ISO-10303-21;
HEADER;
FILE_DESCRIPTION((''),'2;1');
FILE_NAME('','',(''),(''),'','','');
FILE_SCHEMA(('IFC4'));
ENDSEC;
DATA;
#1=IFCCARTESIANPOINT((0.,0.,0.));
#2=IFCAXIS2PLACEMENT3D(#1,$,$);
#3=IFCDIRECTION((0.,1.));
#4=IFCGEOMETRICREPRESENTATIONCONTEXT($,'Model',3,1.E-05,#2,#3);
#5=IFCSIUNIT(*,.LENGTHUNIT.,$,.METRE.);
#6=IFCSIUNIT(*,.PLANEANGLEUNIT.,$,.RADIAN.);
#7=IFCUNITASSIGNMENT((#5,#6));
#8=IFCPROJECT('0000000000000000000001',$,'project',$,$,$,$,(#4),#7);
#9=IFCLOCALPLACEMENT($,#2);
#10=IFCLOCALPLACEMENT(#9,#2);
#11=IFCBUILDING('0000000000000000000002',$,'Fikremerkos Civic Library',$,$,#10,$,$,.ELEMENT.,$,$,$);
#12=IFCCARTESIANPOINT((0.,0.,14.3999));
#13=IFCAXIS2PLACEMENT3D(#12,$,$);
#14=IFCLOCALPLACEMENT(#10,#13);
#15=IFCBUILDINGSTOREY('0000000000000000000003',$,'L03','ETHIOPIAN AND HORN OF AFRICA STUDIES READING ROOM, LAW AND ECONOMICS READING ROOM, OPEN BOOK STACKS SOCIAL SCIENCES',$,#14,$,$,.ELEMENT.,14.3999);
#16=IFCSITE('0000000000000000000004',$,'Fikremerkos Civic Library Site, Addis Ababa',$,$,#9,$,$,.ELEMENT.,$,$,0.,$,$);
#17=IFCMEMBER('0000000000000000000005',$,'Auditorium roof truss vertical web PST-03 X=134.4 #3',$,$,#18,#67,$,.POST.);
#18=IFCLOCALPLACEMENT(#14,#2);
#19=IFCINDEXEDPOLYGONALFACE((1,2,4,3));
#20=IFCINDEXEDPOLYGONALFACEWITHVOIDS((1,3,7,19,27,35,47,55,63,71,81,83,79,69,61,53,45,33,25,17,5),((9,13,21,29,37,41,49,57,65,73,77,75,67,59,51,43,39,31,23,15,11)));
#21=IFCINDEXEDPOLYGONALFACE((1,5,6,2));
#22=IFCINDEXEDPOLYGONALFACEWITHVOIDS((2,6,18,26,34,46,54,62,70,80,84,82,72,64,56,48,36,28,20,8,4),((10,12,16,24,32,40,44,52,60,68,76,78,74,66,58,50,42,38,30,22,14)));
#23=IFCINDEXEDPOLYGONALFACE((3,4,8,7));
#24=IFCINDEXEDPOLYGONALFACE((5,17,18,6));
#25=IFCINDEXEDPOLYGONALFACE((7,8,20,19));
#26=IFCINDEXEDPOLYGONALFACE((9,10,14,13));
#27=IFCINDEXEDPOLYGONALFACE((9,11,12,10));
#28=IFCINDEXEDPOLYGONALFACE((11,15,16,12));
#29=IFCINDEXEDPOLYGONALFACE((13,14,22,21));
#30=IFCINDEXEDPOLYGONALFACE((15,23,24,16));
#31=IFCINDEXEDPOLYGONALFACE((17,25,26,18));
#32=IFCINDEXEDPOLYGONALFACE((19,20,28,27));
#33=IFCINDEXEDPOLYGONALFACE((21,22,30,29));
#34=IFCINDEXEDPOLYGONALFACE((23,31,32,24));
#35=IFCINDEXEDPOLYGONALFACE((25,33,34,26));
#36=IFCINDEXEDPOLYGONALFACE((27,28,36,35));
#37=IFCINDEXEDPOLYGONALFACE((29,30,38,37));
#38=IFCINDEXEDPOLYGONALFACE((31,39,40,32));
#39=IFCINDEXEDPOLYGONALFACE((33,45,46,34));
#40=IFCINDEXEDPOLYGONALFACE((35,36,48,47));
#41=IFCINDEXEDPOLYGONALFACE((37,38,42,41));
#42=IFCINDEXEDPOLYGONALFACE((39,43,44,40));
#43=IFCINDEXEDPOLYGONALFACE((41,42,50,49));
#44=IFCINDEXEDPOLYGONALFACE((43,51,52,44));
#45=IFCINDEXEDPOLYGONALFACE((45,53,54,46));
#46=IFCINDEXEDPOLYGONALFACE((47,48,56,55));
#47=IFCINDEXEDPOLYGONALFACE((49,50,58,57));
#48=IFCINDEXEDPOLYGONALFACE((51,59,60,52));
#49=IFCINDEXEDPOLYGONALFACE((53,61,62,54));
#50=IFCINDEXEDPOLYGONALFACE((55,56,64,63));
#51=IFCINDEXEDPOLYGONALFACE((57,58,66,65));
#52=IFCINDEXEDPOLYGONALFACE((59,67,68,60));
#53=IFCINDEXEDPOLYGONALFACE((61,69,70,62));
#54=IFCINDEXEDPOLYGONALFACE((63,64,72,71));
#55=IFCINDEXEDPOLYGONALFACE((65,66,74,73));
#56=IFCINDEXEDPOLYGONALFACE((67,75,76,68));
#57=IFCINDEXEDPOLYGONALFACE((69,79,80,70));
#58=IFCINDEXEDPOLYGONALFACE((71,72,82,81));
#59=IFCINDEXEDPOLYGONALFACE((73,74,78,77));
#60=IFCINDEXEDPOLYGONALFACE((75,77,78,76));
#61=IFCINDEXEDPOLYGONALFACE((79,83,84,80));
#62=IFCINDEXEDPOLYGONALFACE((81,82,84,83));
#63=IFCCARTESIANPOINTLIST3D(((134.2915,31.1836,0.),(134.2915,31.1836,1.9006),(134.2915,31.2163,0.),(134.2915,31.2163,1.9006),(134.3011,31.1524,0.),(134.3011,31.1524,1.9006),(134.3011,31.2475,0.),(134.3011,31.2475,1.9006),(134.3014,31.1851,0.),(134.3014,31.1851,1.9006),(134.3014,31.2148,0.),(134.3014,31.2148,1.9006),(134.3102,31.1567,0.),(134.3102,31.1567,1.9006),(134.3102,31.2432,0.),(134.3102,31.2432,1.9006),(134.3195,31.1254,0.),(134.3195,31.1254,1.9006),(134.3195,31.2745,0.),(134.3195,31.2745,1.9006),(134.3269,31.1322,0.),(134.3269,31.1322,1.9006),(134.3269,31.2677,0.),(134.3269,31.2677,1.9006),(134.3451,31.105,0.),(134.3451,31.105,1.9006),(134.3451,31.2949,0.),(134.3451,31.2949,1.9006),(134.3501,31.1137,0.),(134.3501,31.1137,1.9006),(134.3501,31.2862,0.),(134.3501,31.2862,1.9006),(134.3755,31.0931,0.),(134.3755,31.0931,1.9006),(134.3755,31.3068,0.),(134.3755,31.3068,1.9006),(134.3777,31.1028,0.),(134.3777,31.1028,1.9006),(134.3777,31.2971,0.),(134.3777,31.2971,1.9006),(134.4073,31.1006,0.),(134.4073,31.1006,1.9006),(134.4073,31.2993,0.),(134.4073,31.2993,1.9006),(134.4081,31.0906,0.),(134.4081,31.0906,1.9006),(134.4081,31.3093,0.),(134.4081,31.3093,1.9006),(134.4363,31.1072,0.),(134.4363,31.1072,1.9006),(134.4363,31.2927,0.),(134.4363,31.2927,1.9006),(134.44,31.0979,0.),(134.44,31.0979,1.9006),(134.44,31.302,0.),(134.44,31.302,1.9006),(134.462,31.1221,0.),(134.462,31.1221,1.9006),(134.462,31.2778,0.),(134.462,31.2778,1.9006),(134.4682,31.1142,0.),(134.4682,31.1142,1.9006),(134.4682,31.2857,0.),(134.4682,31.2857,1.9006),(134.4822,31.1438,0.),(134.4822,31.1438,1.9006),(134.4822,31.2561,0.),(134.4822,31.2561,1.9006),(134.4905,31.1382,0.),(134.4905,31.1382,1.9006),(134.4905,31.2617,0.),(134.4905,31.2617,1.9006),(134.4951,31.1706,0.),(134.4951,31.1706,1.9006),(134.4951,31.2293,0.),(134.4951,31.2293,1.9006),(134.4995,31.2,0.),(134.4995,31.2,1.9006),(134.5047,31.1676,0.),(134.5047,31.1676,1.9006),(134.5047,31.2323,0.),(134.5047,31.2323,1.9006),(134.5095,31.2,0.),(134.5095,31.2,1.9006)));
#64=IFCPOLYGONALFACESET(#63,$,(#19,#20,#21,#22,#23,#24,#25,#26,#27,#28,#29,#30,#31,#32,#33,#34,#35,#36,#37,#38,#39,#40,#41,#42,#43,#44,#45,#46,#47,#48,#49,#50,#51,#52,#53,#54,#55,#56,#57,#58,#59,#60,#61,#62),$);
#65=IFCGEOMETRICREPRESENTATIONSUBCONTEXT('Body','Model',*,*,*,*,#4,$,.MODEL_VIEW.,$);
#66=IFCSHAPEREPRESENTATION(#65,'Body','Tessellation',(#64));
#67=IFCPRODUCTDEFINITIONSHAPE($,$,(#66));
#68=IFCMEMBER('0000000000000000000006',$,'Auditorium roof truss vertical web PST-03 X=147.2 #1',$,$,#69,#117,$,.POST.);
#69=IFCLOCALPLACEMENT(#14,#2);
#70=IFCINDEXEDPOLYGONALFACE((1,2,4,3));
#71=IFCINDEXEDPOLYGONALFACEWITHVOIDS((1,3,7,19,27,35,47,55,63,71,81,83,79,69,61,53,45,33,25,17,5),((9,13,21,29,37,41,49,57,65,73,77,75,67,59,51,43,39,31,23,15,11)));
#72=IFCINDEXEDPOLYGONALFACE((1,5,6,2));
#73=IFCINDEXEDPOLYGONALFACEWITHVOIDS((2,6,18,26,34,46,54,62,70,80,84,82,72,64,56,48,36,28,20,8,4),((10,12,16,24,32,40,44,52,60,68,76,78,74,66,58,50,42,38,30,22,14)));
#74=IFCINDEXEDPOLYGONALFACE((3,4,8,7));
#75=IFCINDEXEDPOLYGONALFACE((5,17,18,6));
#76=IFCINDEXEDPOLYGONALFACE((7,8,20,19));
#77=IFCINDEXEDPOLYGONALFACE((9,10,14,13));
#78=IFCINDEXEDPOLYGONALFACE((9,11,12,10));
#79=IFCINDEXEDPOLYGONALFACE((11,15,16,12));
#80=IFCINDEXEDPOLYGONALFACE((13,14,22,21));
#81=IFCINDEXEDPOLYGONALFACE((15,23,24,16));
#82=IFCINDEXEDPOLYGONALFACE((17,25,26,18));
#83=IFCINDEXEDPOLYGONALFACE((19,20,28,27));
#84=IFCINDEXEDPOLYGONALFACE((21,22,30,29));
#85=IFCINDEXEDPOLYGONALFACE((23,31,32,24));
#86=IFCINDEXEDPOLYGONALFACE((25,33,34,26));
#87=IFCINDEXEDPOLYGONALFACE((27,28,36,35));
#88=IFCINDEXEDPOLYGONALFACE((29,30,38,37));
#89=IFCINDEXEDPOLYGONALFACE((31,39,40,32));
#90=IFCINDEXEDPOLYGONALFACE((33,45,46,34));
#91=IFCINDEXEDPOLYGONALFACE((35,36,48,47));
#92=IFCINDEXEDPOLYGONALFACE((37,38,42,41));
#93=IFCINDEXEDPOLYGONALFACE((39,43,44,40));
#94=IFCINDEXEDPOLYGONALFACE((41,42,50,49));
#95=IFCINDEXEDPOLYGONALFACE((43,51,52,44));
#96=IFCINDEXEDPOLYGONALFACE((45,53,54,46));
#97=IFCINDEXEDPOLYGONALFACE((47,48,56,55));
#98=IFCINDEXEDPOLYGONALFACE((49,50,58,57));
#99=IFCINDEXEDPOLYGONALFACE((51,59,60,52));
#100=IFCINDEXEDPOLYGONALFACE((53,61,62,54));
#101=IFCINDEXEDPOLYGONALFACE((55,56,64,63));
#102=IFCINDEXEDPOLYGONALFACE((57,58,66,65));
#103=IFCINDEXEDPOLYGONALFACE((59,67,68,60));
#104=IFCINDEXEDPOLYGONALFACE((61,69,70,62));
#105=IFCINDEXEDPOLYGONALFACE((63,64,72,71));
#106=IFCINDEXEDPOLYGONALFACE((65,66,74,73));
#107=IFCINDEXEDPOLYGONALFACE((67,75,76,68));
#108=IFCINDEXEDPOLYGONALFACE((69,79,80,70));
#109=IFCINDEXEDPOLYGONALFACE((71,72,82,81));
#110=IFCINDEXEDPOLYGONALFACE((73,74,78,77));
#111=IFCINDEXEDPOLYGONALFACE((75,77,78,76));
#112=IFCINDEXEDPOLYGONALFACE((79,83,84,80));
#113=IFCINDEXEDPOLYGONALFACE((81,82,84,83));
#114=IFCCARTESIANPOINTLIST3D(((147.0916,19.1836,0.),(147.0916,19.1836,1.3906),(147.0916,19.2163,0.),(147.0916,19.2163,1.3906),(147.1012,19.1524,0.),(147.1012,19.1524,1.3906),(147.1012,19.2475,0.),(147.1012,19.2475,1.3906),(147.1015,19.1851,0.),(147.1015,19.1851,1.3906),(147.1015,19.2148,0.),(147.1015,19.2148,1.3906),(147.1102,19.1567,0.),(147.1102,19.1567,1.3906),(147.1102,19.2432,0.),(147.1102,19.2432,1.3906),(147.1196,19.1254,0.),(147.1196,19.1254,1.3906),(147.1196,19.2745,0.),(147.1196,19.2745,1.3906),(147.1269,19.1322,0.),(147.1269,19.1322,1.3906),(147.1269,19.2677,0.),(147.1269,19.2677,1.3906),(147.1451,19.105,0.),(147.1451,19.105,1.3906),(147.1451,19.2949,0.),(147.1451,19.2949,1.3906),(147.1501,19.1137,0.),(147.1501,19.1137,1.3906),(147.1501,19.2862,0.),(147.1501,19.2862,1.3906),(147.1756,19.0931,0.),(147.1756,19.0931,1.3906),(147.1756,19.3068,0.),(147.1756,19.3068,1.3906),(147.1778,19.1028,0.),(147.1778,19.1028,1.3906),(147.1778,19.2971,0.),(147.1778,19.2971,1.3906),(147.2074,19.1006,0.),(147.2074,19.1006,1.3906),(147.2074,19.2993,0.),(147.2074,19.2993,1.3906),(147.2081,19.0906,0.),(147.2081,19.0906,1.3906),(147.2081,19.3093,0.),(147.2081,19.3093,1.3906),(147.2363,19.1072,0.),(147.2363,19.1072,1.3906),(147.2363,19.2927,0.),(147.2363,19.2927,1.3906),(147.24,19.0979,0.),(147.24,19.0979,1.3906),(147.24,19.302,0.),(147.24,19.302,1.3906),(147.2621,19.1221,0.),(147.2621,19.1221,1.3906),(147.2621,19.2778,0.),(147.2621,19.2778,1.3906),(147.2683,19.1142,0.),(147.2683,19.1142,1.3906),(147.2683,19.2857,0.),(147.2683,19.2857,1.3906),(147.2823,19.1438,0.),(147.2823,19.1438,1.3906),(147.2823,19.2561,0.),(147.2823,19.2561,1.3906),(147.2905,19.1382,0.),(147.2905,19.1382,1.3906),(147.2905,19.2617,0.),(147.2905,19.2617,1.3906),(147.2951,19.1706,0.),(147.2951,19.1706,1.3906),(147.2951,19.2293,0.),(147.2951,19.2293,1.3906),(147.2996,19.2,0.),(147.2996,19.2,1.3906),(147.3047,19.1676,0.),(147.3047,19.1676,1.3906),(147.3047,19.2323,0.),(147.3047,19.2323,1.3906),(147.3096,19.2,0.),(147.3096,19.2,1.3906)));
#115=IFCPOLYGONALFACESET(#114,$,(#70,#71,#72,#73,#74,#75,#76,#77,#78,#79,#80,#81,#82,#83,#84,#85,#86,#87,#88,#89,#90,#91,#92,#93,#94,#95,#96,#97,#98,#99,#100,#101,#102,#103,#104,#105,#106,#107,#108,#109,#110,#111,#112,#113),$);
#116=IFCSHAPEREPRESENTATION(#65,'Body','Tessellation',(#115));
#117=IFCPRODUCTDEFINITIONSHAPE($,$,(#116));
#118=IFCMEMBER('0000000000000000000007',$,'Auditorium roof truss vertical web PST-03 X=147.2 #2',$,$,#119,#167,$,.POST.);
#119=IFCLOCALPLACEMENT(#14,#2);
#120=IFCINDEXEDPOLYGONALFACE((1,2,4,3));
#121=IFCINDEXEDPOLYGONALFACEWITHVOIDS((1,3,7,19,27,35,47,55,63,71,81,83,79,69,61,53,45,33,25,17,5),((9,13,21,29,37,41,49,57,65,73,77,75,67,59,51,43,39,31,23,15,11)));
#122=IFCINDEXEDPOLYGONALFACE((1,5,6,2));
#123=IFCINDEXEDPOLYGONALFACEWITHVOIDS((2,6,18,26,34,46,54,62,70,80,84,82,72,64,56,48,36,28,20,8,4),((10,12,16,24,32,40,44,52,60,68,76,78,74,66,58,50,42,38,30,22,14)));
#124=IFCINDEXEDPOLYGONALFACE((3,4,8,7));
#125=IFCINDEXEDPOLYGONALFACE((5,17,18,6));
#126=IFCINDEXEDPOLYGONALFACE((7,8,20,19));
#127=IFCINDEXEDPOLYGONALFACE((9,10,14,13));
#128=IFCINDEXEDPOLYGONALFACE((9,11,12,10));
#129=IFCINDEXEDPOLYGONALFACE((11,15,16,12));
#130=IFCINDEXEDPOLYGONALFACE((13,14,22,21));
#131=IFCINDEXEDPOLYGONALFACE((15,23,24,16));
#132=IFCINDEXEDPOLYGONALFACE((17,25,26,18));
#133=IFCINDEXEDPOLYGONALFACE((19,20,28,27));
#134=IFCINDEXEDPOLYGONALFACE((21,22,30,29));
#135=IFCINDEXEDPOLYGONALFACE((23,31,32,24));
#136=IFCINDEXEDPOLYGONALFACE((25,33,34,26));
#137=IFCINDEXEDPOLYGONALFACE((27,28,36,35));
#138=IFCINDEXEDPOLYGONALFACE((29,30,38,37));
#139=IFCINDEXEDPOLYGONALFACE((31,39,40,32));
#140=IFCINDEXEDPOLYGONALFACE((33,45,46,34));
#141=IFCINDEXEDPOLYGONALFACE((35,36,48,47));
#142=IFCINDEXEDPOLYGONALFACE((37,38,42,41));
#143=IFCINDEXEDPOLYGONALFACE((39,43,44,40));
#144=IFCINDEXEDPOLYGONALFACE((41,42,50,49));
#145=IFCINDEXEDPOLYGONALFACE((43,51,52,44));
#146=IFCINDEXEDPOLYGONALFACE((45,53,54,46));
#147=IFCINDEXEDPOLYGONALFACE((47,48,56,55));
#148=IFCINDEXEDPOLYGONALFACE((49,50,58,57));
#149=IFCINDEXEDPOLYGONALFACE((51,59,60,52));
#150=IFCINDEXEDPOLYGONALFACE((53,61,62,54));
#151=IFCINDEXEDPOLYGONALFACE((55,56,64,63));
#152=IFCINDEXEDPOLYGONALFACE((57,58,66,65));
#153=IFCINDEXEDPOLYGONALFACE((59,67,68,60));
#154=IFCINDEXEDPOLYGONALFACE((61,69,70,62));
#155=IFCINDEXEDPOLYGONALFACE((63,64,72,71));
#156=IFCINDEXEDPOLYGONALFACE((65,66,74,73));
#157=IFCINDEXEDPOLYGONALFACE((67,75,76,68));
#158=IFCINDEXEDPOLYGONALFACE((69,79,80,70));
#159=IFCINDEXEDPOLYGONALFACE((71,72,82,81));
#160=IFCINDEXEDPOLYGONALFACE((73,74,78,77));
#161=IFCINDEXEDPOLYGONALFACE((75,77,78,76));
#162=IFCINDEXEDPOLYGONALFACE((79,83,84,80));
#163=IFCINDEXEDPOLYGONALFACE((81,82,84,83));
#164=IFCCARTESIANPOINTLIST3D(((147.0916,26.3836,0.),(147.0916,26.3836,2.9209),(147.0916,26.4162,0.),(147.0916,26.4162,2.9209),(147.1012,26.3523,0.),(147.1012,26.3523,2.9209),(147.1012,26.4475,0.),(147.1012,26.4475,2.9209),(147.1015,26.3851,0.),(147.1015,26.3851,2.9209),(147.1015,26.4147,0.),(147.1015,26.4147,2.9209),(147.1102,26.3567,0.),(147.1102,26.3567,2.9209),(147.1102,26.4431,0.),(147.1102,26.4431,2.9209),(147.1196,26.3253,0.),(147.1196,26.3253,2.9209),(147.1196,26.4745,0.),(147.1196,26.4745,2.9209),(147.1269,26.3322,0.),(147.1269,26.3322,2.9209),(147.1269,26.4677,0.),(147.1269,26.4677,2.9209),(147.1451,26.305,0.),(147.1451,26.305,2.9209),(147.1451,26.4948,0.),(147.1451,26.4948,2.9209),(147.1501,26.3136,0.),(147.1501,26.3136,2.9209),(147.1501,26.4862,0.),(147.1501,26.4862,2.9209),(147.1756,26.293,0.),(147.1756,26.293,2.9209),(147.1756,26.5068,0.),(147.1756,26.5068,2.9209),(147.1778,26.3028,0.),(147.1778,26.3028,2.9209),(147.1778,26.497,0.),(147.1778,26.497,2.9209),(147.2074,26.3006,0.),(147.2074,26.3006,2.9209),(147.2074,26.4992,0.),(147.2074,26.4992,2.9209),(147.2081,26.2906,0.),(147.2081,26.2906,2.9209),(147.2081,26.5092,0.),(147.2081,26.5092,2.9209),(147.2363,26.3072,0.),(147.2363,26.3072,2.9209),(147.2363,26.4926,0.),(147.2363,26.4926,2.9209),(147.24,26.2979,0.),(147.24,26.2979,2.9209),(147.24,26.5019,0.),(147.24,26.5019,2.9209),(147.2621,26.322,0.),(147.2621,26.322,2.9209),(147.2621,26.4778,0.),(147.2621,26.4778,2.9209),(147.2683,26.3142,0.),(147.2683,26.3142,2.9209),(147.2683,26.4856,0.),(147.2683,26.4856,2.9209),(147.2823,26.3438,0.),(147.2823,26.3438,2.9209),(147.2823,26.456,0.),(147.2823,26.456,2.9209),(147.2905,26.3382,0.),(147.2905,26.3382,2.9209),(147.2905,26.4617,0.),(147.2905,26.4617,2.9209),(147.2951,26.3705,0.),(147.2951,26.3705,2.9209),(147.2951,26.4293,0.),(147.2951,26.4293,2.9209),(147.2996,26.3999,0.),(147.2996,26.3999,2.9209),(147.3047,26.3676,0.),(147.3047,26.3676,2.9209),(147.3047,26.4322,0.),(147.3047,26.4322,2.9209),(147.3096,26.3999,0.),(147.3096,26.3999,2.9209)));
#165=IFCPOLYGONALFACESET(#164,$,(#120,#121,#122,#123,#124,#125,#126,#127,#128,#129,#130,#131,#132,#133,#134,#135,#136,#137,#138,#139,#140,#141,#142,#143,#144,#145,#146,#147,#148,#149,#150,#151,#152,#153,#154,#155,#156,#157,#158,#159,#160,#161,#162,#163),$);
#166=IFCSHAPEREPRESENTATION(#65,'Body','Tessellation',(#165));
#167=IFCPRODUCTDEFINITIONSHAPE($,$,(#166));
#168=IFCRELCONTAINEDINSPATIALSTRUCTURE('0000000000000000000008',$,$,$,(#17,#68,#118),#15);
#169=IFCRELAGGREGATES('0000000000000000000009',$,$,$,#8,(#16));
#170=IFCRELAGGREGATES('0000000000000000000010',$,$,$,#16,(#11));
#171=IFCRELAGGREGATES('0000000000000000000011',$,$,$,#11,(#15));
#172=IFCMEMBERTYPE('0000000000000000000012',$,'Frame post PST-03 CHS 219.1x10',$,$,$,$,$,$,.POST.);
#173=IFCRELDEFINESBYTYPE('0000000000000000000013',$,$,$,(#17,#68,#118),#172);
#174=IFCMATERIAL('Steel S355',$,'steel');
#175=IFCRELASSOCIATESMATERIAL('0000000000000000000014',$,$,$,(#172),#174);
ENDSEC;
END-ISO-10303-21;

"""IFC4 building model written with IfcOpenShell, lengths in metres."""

from ifc_helpers import new_model, si_unit, direction, frame, origin, origin_2d, place, context, subcontext, project, spatial, hollow_circle, extrude, material, material_profile, profile_set, type_object, element, save


model = new_model("IFC4")

# Units and contexts
model_context = context("Model", 3, precision=1e-05, world=origin(), true_north=direction((0.0, 1.0)))
body_context = subcontext(model_context, "Body", "Model", "MODEL_VIEW")
ifc_project = project(units=[si_unit("LENGTHUNIT", "METRE"), si_unit("PLANEANGLEUNIT", "RADIAN")], contexts=[model_context])

# Site, building, storey
site_placement = place(None, origin())
site = spatial("IfcSite", under=ifc_project, at=site_placement, Name="Fikremerkos Civic Library Site, Addis Ababa", CompositionType="ELEMENT", RefElevation=0.0)
building_placement = place(site_placement, origin())
building = spatial("IfcBuilding", under=site, at=building_placement, Name="Fikremerkos Civic Library", CompositionType="ELEMENT")
storey_placement = place(building_placement, frame((0.0, 0.0, 14.3999)))
storey = spatial("IfcBuildingStorey", under=building, at=storey_placement, Name="L03", Description="ETHIOPIAN AND HORN OF AFRICA STUDIES READING ROOM, LAW AND ECONOMICS READING ROOM, OPEN BOOK STACKS SOCIAL SCIENCES", CompositionType="ELEMENT", Elevation=14.3999)

# Members
ifc_material_1 = material(Name="Steel S355", Category="steel")
ifc_material_profile_1 = material_profile(ifc_material_1, hollow_circle(Radius=0.1096, WallThickness=0.01, at=origin_2d()), Name="CHS 219.1x10")
ifc_profile_set_1 = profile_set([ifc_material_profile_1], Name="Steel S355")
member_type_1 = type_object("IfcMemberType", Name="Frame post PST-03 CHS 219.1x10", PredefinedType="POST", material=ifc_profile_set_1)
member_1_placement = place(storey_placement, frame((134.3999, 31.2, 0.0), z_axis=(0.0, 0.0, 1.0), x_axis=(1.0, 0.0, 0.0)))
element("IfcMember", 1, at=member_1_placement, inside=storey, type_object=member_type_1, Name="Auditorium roof truss vertical web PST-03 X=134.4 #3", PredefinedType="POST", context=body_context, shape_type="SweptSolid", body=[
    extrude(hollow_circle(Radius=0.1096, WallThickness=0.01, at=origin_2d()), origin(), (0.0, 0.0, 1.0), 1.9006),
])
member_2_placement = place(storey_placement, frame((147.2, 19.2, 0.0), z_axis=(0.0, 0.0, 1.0), x_axis=(1.0, 0.0, 0.0)))
element("IfcMember", 2, at=member_2_placement, inside=storey, type_object=member_type_1, Name="Auditorium roof truss vertical web PST-03 X=147.2 #1", PredefinedType="POST", context=body_context, shape_type="SweptSolid", body=[
    extrude(hollow_circle(Radius=0.1096, WallThickness=0.01, at=origin_2d()), origin(), (0.0, 0.0, 1.0), 1.3906),
])
member_3_placement = place(storey_placement, frame((147.2, 26.3999, 0.0), z_axis=(0.0, 0.0, 1.0), x_axis=(1.0, 0.0, 0.0)))
element("IfcMember", 3, at=member_3_placement, inside=storey, type_object=member_type_1, Name="Auditorium roof truss vertical web PST-03 X=147.2 #2", PredefinedType="POST", context=body_context, shape_type="SweptSolid", body=[
    extrude(hollow_circle(Radius=0.1096, WallThickness=0.01, at=origin_2d()), origin(), (0.0, 0.0, 1.0), 2.9209),
])

save(model, "model.ifc")
